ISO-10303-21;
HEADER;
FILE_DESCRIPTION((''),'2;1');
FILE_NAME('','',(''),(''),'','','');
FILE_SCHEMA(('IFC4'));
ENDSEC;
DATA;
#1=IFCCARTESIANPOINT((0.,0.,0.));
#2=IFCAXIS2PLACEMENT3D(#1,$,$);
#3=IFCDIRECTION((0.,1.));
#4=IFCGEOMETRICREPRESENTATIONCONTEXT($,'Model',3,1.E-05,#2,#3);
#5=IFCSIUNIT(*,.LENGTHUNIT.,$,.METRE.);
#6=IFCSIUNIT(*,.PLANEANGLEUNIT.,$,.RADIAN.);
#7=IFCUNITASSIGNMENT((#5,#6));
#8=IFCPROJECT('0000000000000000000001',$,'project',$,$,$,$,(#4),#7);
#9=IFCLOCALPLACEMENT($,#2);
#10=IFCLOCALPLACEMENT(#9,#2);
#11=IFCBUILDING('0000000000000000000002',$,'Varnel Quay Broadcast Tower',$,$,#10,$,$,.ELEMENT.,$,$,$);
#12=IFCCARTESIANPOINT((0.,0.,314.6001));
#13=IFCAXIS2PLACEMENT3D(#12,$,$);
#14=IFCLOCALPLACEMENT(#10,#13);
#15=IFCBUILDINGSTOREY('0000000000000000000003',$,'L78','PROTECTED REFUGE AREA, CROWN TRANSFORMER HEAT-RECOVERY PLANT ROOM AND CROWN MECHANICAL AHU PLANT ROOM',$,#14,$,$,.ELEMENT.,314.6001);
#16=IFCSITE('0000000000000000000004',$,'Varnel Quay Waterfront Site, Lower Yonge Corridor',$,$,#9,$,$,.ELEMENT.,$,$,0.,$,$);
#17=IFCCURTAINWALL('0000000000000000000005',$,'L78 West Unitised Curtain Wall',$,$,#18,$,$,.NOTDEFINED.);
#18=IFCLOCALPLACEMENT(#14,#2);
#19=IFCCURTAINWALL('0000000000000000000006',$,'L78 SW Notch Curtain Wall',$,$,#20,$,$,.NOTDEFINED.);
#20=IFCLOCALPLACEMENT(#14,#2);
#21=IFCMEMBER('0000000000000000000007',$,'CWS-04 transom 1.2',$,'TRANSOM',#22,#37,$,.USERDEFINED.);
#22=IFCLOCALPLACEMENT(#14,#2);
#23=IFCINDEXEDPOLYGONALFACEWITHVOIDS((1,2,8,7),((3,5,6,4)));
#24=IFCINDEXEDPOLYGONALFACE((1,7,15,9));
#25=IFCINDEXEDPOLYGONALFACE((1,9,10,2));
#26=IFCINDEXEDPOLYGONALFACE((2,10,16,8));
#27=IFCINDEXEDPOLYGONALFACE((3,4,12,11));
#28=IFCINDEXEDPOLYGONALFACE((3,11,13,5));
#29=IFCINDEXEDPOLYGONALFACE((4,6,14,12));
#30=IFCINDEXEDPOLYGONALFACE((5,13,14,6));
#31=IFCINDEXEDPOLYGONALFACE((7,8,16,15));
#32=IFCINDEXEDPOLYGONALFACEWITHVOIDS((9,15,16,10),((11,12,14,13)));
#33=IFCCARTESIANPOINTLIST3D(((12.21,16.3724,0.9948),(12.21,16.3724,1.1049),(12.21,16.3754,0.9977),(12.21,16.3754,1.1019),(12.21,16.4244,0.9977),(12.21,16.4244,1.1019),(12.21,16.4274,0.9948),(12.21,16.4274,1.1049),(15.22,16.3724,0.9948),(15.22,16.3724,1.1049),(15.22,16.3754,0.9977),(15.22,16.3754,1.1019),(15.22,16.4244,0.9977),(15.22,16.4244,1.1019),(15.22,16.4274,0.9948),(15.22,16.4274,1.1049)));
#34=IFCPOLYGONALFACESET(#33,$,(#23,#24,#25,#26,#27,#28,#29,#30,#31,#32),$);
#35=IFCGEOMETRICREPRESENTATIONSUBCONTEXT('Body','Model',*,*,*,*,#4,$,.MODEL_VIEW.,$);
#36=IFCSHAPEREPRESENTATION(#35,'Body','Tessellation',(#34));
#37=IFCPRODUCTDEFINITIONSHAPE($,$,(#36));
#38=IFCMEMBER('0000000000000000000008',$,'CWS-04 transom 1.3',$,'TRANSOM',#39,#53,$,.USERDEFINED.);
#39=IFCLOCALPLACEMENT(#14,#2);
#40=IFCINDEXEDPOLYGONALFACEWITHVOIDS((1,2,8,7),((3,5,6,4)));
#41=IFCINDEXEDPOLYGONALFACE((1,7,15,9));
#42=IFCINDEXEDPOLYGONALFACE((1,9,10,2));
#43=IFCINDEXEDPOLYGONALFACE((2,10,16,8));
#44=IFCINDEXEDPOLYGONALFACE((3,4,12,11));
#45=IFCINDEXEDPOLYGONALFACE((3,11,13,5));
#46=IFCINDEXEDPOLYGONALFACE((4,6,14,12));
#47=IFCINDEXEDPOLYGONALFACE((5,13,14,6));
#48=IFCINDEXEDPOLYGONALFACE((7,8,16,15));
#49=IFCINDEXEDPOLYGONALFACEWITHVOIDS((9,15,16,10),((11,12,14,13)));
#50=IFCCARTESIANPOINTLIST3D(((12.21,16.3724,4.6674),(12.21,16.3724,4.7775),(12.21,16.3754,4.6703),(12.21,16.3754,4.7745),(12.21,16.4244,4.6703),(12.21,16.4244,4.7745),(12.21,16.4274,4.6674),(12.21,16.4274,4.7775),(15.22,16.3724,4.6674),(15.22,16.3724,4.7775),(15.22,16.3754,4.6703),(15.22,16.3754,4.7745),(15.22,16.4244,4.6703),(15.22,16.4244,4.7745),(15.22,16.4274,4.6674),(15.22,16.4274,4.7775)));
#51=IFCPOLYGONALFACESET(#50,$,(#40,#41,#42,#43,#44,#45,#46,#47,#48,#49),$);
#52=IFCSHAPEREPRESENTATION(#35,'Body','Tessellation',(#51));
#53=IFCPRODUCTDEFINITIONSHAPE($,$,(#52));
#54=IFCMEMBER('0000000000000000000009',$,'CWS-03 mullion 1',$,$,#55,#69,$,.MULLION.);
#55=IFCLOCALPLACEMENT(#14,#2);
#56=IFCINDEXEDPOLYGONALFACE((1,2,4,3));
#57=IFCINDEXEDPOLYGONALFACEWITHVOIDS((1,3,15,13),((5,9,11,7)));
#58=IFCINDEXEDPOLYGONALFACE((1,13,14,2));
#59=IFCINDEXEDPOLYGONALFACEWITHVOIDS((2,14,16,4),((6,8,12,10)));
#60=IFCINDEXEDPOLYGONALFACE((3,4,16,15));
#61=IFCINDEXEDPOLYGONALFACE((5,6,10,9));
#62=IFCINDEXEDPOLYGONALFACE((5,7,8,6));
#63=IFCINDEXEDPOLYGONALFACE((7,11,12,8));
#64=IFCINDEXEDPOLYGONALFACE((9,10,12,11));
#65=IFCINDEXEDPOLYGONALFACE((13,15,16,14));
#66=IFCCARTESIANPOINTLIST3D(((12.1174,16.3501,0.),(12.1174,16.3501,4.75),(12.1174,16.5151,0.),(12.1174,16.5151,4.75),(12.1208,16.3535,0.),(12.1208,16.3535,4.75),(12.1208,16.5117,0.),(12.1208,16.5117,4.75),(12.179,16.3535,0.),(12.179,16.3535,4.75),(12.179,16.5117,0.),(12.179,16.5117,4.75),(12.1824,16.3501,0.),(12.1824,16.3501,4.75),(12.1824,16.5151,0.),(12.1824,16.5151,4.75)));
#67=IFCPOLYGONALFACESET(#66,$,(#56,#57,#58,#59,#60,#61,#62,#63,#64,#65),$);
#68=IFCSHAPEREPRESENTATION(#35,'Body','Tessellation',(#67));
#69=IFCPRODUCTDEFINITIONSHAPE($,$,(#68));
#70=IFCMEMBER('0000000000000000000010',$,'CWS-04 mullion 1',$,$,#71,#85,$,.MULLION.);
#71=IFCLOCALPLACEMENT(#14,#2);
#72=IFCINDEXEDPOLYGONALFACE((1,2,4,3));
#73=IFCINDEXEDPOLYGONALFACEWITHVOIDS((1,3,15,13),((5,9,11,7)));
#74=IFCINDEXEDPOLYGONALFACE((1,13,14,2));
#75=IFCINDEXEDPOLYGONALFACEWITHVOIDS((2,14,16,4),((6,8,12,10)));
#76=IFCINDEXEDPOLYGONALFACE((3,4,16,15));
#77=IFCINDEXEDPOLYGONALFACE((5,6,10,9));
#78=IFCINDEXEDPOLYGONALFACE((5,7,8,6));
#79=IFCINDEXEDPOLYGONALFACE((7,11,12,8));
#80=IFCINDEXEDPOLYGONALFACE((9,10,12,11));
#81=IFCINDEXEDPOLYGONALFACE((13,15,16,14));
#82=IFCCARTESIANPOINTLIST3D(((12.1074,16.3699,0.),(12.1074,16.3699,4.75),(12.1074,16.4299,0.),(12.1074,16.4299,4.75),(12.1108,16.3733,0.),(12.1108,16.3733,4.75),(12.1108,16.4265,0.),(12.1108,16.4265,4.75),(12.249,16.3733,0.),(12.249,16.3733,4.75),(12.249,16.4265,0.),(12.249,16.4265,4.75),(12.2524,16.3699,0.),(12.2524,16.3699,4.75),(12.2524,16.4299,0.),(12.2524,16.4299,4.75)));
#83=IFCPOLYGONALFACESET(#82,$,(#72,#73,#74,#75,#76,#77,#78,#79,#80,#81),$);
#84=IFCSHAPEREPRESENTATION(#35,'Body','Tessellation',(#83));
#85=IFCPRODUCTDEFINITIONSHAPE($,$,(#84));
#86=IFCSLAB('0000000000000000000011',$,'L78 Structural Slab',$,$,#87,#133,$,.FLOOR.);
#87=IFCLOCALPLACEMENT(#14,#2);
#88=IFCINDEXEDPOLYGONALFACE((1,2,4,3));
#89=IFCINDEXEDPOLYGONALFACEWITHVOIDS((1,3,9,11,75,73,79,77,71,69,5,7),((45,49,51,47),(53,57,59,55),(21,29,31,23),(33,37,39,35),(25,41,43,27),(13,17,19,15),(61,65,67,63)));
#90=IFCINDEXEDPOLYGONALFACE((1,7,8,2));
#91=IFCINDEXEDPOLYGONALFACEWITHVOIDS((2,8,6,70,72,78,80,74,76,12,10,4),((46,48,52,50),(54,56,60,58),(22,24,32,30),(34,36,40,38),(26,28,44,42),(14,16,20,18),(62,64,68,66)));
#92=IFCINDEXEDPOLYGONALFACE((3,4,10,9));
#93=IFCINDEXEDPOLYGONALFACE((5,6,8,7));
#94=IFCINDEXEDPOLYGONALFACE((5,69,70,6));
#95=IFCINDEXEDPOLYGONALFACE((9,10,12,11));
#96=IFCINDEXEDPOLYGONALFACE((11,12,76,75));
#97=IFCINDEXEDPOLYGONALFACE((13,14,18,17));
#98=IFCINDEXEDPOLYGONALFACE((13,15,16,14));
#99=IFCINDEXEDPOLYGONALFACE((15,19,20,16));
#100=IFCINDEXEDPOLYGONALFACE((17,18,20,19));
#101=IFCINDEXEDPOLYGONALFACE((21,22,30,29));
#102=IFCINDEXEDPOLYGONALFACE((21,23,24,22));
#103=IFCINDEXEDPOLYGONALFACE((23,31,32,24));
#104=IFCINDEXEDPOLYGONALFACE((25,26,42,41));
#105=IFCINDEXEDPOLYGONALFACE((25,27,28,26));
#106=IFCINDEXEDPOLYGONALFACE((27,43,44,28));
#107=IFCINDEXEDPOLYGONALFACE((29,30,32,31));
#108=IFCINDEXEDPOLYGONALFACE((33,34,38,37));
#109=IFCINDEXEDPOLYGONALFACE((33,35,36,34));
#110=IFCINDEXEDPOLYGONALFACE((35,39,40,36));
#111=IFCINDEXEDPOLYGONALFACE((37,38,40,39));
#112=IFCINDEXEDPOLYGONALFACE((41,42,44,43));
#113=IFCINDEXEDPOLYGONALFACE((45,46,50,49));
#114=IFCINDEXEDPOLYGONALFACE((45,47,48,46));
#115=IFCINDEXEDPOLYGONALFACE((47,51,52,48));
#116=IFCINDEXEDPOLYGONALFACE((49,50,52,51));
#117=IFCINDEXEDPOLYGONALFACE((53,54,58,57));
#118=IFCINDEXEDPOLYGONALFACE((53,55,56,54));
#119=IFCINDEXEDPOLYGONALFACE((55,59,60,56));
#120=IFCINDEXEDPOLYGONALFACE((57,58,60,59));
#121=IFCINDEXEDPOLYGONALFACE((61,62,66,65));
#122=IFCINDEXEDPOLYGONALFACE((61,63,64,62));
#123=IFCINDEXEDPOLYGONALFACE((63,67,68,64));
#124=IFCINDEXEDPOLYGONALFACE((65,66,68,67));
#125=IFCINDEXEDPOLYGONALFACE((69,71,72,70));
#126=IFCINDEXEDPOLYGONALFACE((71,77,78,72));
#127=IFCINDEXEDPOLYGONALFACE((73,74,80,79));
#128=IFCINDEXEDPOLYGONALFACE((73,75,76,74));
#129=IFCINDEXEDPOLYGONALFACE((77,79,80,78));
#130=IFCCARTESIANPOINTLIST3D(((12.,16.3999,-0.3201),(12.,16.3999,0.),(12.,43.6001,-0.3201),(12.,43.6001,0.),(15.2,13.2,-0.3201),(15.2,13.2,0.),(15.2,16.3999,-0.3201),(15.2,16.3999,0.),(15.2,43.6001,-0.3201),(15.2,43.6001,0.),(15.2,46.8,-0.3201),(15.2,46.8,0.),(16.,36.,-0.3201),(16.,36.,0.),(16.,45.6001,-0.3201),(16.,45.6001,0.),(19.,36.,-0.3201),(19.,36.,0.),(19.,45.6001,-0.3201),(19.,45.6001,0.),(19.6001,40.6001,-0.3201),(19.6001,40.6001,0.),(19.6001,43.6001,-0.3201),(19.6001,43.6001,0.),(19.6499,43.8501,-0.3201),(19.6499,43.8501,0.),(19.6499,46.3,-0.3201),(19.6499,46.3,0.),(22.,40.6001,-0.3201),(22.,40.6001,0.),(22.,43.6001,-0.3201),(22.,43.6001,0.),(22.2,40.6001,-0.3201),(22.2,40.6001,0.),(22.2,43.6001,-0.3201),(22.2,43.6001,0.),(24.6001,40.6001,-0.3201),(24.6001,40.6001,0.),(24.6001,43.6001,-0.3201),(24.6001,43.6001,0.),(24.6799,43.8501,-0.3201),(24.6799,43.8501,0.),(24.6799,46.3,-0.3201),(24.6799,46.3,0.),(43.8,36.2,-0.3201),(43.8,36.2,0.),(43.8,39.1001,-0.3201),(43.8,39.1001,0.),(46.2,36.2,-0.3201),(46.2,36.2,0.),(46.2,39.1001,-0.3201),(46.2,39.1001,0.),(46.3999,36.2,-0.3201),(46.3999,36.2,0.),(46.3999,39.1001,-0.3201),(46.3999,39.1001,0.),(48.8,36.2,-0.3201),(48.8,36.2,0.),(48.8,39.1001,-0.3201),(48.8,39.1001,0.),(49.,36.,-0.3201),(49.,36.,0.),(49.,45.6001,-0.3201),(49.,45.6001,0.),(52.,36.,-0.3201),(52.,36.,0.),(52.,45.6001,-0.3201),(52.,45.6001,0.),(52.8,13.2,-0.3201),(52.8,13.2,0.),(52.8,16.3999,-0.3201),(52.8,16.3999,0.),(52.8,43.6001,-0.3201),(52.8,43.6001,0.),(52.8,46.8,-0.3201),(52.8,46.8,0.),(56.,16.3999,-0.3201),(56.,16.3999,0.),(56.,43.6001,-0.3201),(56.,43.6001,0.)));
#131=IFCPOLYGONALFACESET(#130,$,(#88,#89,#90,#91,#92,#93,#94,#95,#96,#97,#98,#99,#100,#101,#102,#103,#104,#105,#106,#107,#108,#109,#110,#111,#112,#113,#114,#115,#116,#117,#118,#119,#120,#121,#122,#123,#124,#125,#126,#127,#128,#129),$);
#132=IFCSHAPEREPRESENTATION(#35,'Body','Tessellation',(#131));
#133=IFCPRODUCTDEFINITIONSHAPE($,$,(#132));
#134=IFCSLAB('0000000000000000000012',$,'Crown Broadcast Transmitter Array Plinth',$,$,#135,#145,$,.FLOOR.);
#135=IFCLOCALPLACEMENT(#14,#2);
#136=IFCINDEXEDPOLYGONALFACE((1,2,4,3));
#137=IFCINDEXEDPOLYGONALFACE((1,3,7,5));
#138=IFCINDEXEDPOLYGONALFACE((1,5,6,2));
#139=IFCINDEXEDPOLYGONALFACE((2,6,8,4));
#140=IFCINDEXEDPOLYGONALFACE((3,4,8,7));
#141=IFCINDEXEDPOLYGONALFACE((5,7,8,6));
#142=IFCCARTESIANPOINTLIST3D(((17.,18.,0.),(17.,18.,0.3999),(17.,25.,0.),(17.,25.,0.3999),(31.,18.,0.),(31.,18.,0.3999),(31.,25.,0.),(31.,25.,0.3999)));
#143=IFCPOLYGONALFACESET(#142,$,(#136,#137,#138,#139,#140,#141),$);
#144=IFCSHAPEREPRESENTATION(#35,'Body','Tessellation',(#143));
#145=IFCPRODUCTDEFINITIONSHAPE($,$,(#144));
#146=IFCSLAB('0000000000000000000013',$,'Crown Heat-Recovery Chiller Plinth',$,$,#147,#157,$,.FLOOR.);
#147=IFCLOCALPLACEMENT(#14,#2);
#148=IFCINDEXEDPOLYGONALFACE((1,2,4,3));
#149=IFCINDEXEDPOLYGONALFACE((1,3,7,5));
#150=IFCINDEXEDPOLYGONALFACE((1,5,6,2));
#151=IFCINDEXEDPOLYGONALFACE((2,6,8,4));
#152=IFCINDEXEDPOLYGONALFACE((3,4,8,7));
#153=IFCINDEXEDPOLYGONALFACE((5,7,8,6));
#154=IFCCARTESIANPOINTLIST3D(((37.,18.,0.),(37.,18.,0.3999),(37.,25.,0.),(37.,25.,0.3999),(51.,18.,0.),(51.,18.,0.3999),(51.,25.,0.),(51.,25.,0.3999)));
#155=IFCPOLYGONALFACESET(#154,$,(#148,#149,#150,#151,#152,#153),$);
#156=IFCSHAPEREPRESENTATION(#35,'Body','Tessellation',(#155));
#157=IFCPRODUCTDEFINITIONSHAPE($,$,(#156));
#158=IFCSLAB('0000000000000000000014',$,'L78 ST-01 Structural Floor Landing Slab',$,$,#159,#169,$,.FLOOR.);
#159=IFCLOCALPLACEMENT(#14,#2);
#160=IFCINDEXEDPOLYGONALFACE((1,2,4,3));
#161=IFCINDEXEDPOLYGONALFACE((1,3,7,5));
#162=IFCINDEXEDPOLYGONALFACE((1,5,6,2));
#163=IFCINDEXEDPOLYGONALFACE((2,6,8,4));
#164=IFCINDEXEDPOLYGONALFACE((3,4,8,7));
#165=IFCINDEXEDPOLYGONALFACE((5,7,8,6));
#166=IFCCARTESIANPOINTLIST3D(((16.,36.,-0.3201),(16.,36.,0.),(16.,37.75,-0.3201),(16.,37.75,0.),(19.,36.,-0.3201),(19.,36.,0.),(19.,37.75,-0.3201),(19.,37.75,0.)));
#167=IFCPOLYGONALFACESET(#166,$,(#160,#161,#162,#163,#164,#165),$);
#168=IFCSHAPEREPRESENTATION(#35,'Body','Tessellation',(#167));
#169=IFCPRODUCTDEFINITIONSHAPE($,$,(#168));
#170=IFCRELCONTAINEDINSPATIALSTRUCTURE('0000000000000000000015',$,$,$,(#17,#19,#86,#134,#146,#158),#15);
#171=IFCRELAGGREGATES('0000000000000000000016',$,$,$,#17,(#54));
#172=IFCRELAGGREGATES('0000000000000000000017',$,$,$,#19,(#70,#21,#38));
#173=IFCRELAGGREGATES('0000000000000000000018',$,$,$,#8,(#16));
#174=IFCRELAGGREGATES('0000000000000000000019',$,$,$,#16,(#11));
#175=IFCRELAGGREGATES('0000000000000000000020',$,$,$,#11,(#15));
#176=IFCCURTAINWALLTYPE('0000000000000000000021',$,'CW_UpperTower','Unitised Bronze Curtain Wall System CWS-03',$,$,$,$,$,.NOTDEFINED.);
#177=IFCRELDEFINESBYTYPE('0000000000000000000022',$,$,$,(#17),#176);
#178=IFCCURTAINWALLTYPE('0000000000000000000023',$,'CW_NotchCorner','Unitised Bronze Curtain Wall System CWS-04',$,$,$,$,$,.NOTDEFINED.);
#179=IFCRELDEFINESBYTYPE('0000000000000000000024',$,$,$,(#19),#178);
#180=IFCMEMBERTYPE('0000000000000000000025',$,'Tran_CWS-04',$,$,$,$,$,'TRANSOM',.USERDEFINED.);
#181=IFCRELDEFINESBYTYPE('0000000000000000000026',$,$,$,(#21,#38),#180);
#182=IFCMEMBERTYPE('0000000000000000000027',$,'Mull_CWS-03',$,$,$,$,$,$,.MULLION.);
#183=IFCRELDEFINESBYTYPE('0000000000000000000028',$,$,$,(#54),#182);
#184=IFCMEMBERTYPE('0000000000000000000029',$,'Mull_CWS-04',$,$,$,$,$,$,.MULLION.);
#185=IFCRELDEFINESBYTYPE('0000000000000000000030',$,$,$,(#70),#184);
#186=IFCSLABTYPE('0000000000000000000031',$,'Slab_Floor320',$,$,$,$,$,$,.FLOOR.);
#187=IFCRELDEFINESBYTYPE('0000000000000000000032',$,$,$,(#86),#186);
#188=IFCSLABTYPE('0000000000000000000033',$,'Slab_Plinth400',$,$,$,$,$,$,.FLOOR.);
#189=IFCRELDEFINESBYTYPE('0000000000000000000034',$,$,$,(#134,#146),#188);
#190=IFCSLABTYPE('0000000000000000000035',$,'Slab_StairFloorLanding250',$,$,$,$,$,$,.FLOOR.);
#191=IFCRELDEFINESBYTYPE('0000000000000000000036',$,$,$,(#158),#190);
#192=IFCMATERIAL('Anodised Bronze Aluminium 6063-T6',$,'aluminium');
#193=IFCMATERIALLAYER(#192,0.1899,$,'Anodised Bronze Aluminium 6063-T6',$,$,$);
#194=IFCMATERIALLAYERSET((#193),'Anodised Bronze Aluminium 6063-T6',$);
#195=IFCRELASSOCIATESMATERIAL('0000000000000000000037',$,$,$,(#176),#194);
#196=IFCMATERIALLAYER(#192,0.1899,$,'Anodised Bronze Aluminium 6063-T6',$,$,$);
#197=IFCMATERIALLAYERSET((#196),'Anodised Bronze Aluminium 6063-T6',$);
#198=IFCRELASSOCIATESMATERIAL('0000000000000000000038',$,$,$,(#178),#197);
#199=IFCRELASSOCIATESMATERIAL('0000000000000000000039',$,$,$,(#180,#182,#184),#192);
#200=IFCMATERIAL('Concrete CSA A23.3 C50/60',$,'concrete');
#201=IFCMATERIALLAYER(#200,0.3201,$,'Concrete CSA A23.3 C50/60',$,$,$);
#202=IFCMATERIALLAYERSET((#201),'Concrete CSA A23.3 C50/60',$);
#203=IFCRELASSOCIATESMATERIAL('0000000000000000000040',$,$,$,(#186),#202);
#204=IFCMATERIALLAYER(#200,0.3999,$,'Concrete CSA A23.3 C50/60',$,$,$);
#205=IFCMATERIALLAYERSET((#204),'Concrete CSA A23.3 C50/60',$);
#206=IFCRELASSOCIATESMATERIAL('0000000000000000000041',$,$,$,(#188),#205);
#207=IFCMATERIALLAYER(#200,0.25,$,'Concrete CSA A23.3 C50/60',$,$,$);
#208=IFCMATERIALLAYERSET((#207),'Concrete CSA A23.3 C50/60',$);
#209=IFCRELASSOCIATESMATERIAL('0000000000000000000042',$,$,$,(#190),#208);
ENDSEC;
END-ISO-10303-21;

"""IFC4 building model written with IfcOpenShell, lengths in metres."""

from ifc_helpers import new_model, si_unit, direction, frame, origin, origin_2d, place, context, subcontext, project, spatial, polyline, hollow_rectangle, outline, extrude, source, transform, mapped, material, layer, layer_set, material_profile, profile_set, type_object, type_shapes, element, aggregate, save


model = new_model("IFC4")

# Units and contexts
model_context = context("Model", 3, precision=1e-05, world=origin(), true_north=direction((0.0, 1.0)))
body_context = subcontext(model_context, "Body", "Model", "MODEL_VIEW")
ifc_project = project(units=[si_unit("LENGTHUNIT", "METRE"), si_unit("PLANEANGLEUNIT", "RADIAN")], contexts=[model_context])

# Site, building, storey
site_placement = place(None, origin())
site = spatial("IfcSite", under=ifc_project, at=site_placement, Name="Varnel Quay Waterfront Site, Lower Yonge Corridor", CompositionType="ELEMENT", RefElevation=0.0)
building_placement = place(site_placement, origin())
building = spatial("IfcBuilding", under=site, at=building_placement, Name="Varnel Quay Broadcast Tower", CompositionType="ELEMENT")
storey_placement = place(building_placement, frame((0.0, 0.0, 314.6001)))
storey = spatial("IfcBuildingStorey", under=building, at=storey_placement, Name="L78", Description="PROTECTED REFUGE AREA, CROWN TRANSFORMER HEAT-RECOVERY PLANT ROOM AND CROWN MECHANICAL AHU PLANT ROOM", CompositionType="ELEMENT", Elevation=314.6001)

# Curtain walls, members
ifc_material_1 = material(Name="Anodised Bronze Aluminium 6063-T6", Category="aluminium")
ifc_layer_1 = layer(ifc_material_1, 0.1899, Name="Anodised Bronze Aluminium 6063-T6")
ifc_layer_set_1 = layer_set([ifc_layer_1], Name="Anodised Bronze Aluminium 6063-T6")
curtain_wall_type_1 = type_object("IfcCurtainWallType", Name="CW_UpperTower", Description="Unitised Bronze Curtain Wall System CWS-03", PredefinedType="NOTDEFINED", material=ifc_layer_set_1)
curtain_wall_1_placement = place(storey_placement, origin())
curtain_wall_1 = element("IfcCurtainWall", 1, at=curtain_wall_1_placement, inside=storey, type_object=curtain_wall_type_1, Name="L78 West Unitised Curtain Wall", PredefinedType="NOTDEFINED")
ifc_layer_2 = layer(ifc_material_1, 0.1899, Name="Anodised Bronze Aluminium 6063-T6")
ifc_layer_set_2 = layer_set([ifc_layer_2], Name="Anodised Bronze Aluminium 6063-T6")
curtain_wall_type_2 = type_object("IfcCurtainWallType", Name="CW_NotchCorner", Description="Unitised Bronze Curtain Wall System CWS-04", PredefinedType="NOTDEFINED", material=ifc_layer_set_2)
curtain_wall_2_placement = place(storey_placement, origin())
curtain_wall_2 = element("IfcCurtainWall", 2, at=curtain_wall_2_placement, inside=storey, type_object=curtain_wall_type_2, Name="L78 SW Notch Curtain Wall", PredefinedType="NOTDEFINED")
ifc_material_profile_1 = material_profile(ifc_material_1, hollow_rectangle(XDim=0.0549, YDim=0.1101, WallThickness=0.0029, at=origin_2d()), Name="ALU55X110X3")
ifc_profile_set_1 = profile_set([ifc_material_profile_1], Name="Anodised Bronze Aluminium 6063-T6")
member_type_1 = type_object("IfcMemberType", Name="Tran_CWS-04", ElementType="TRANSOM", PredefinedType="USERDEFINED", material=ifc_profile_set_1)
shared_shape_1 = source(origin(), body_context, "Body", "SweptSolid", [
    extrude(hollow_rectangle(XDim=0.0549, YDim=0.1101, WallThickness=0.0029, at=origin_2d()), origin(), (0.0, 0.0, 1.0), 3.01),
])
type_shapes(member_type_1, [shared_shape_1])
member_1_placement = place(storey_placement, frame((12.21, 16.3999, 1.0498), z_axis=(1.0, 0.0, 0.0), x_axis=(0.0, 1.0, 0.0)))
member_1 = element("IfcMember", 3, at=member_1_placement, type_object=member_type_1, Name="CWS-04 transom 1.2", ObjectType="TRANSOM", PredefinedType="USERDEFINED", context=body_context, shape_type="MappedRepresentation", body=[
    mapped(shared_shape_1, transform((0.0, 0.0, 0.0), x_axis=(1.0, 0.0, 0.0), y_axis=(0.0, 1.0, 0.0), z_axis=(0.0, 0.0, 1.0), scale=1.0)),
])
member_2_placement = place(storey_placement, frame((12.21, 16.3999, 4.7224), z_axis=(1.0, 0.0, 0.0), x_axis=(0.0, 1.0, 0.0)))
member_2 = element("IfcMember", 4, at=member_2_placement, type_object=member_type_1, Name="CWS-04 transom 1.3", ObjectType="TRANSOM", PredefinedType="USERDEFINED", context=body_context, shape_type="MappedRepresentation", body=[
    mapped(shared_shape_1, transform((0.0, 0.0, 0.0), x_axis=(1.0, 0.0, 0.0), y_axis=(0.0, 1.0, 0.0), z_axis=(0.0, 0.0, 1.0), scale=1.0)),
])

# Members
ifc_material_profile_2 = material_profile(ifc_material_1, hollow_rectangle(XDim=0.0649, YDim=0.165, WallThickness=0.0034, at=origin_2d()), Name="ALU65X165X3.5")
ifc_profile_set_2 = profile_set([ifc_material_profile_2], Name="Anodised Bronze Aluminium 6063-T6")
member_type_2 = type_object("IfcMemberType", Name="Mull_CWS-03", PredefinedType="MULLION", material=ifc_profile_set_2)
shared_shape_2 = source(origin(), body_context, "Body", "SweptSolid", [
    extrude(hollow_rectangle(XDim=0.0649, YDim=0.165, WallThickness=0.0034, at=origin_2d()), origin(), (0.0, 0.0, 1.0), 4.75),
])
type_shapes(member_type_2, [shared_shape_2])
member_3_placement = place(storey_placement, frame((12.1499, 16.4326, 0.0), z_axis=(0.0, 0.0, 1.0), x_axis=(-1.0, 0.0, 0.0)))
member_3 = element("IfcMember", 5, at=member_3_placement, type_object=member_type_2, Name="CWS-03 mullion 1", PredefinedType="MULLION", context=body_context, shape_type="MappedRepresentation", body=[
    mapped(shared_shape_2, transform((0.0, 0.0, 0.0), x_axis=(1.0, 0.0, 0.0), y_axis=(0.0, 1.0, 0.0), z_axis=(0.0, 0.0, 1.0), scale=1.0)),
])
aggregate(curtain_wall_1, [member_3])
ifc_material_profile_3 = material_profile(ifc_material_1, hollow_rectangle(XDim=0.0601, YDim=0.145, WallThickness=0.0034, at=origin_2d()), Name="ALU60X145X3.5")
ifc_profile_set_3 = profile_set([ifc_material_profile_3], Name="Anodised Bronze Aluminium 6063-T6")
member_type_3 = type_object("IfcMemberType", Name="Mull_CWS-04", PredefinedType="MULLION", material=ifc_profile_set_3)
shared_shape_3 = source(origin(), body_context, "Body", "SweptSolid", [
    extrude(hollow_rectangle(XDim=0.0601, YDim=0.145, WallThickness=0.0034, at=origin_2d()), origin(), (0.0, 0.0, 1.0), 4.75),
])
type_shapes(member_type_3, [shared_shape_3])
member_4_placement = place(storey_placement, frame((12.1799, 16.3999, 0.0), z_axis=(0.0, 0.0, 1.0), x_axis=(0.0, 1.0, 0.0)))
member_4 = element("IfcMember", 6, at=member_4_placement, type_object=member_type_3, Name="CWS-04 mullion 1", PredefinedType="MULLION", context=body_context, shape_type="MappedRepresentation", body=[
    mapped(shared_shape_3, transform((0.0, 0.0, 0.0), x_axis=(1.0, 0.0, 0.0), y_axis=(0.0, 1.0, 0.0), z_axis=(0.0, 0.0, 1.0), scale=1.0)),
])

# Slabs
ifc_material_2 = material(Name="Concrete CSA A23.3 C50/60", Category="concrete")
ifc_layer_3 = layer(ifc_material_2, 0.3201, Name="Concrete CSA A23.3 C50/60")
ifc_layer_set_3 = layer_set([ifc_layer_3], Name="Concrete CSA A23.3 C50/60")
slab_type_1 = type_object("IfcSlabType", Name="Slab_Floor320", PredefinedType="FLOOR", material=ifc_layer_set_3)
slab_1_placement = place(storey_placement, frame((0.0, 0.0, -0.3201)))
element("IfcSlab", 7, at=slab_1_placement, inside=storey, type_object=slab_type_1, Name="L78 Structural Slab", PredefinedType="FLOOR", context=body_context, shape_type="SweptSolid", body=[
    extrude(outline(polyline([(15.2, 13.2), (52.8, 13.2), (52.8, 16.3999), (56.0, 16.3999), (56.0, 43.6001), (52.8, 43.6001), (52.8, 46.8), (15.2, 46.8), (15.2, 43.6001), (12.0, 43.6001), (12.0, 16.3999), (15.2, 16.3999), (15.2, 13.2)]), holes=[polyline([(46.2, 36.2), (43.8, 36.2), (43.8, 39.1001), (46.2, 39.1001), (46.2, 36.2)]), polyline([(46.3999, 36.2), (46.3999, 39.1001), (48.8, 39.1001), (48.8, 36.2), (46.3999, 36.2)]), polyline([(19.0, 36.0), (16.0, 36.0), (16.0, 45.6001), (19.0, 45.6001), (19.0, 36.0)]), polyline([(52.0, 36.0), (49.0, 36.0), (49.0, 45.6001), (52.0, 45.6001), (52.0, 36.0)]), polyline([(19.6001, 40.6001), (19.6001, 43.6001), (22.0, 43.6001), (22.0, 40.6001), (19.6001, 40.6001)]), polyline([(22.2, 40.6001), (22.2, 43.6001), (24.6001, 43.6001), (24.6001, 40.6001), (22.2, 40.6001)]), polyline([(19.6499, 43.8501), (19.6499, 46.3), (24.6799, 46.3), (24.6799, 43.8501), (19.6499, 43.8501)])]), origin(), (0.0, 0.0, 1.0), 0.3201),
])
ifc_layer_4 = layer(ifc_material_2, 0.3999, Name="Concrete CSA A23.3 C50/60")
ifc_layer_set_4 = layer_set([ifc_layer_4], Name="Concrete CSA A23.3 C50/60")
slab_type_2 = type_object("IfcSlabType", Name="Slab_Plinth400", PredefinedType="FLOOR", material=ifc_layer_set_4)
slab_2_placement = place(storey_placement, origin())
element("IfcSlab", 8, at=slab_2_placement, inside=storey, type_object=slab_type_2, Name="Crown Broadcast Transmitter Array Plinth", PredefinedType="FLOOR", context=body_context, shape_type="SweptSolid", body=[
    extrude(outline(polyline([(17.0, 18.0), (31.0, 18.0), (31.0, 25.0), (17.0, 25.0), (17.0, 18.0)])), origin(), (0.0, 0.0, 1.0), 0.3999),
])
slab_3_placement = place(storey_placement, origin())
element("IfcSlab", 9, at=slab_3_placement, inside=storey, type_object=slab_type_2, Name="Crown Heat-Recovery Chiller Plinth", PredefinedType="FLOOR", context=body_context, shape_type="SweptSolid", body=[
    extrude(outline(polyline([(37.0, 18.0), (51.0, 18.0), (51.0, 25.0), (37.0, 25.0), (37.0, 18.0)])), origin(), (0.0, 0.0, 1.0), 0.3999),
])
ifc_layer_5 = layer(ifc_material_2, 0.25, Name="Concrete CSA A23.3 C50/60")
ifc_layer_set_5 = layer_set([ifc_layer_5], Name="Concrete CSA A23.3 C50/60")
slab_type_3 = type_object("IfcSlabType", Name="Slab_StairFloorLanding250", PredefinedType="FLOOR", material=ifc_layer_set_5)
slab_4_placement = place(storey_placement, frame((0.0, 0.0, -0.3201)))
element("IfcSlab", 10, at=slab_4_placement, inside=storey, type_object=slab_type_3, Name="L78 ST-01 Structural Floor Landing Slab", PredefinedType="FLOOR", context=body_context, shape_type="SweptSolid", body=[
    extrude(outline(polyline([(19.0, 36.0), (19.0, 37.75), (16.0, 37.75), (16.0, 36.0), (19.0, 36.0)])), origin(), (0.0, 0.0, 1.0), 0.3201),
])

aggregate(curtain_wall_2, [member_4, member_1, member_2])

save(model, "model.ifc")
